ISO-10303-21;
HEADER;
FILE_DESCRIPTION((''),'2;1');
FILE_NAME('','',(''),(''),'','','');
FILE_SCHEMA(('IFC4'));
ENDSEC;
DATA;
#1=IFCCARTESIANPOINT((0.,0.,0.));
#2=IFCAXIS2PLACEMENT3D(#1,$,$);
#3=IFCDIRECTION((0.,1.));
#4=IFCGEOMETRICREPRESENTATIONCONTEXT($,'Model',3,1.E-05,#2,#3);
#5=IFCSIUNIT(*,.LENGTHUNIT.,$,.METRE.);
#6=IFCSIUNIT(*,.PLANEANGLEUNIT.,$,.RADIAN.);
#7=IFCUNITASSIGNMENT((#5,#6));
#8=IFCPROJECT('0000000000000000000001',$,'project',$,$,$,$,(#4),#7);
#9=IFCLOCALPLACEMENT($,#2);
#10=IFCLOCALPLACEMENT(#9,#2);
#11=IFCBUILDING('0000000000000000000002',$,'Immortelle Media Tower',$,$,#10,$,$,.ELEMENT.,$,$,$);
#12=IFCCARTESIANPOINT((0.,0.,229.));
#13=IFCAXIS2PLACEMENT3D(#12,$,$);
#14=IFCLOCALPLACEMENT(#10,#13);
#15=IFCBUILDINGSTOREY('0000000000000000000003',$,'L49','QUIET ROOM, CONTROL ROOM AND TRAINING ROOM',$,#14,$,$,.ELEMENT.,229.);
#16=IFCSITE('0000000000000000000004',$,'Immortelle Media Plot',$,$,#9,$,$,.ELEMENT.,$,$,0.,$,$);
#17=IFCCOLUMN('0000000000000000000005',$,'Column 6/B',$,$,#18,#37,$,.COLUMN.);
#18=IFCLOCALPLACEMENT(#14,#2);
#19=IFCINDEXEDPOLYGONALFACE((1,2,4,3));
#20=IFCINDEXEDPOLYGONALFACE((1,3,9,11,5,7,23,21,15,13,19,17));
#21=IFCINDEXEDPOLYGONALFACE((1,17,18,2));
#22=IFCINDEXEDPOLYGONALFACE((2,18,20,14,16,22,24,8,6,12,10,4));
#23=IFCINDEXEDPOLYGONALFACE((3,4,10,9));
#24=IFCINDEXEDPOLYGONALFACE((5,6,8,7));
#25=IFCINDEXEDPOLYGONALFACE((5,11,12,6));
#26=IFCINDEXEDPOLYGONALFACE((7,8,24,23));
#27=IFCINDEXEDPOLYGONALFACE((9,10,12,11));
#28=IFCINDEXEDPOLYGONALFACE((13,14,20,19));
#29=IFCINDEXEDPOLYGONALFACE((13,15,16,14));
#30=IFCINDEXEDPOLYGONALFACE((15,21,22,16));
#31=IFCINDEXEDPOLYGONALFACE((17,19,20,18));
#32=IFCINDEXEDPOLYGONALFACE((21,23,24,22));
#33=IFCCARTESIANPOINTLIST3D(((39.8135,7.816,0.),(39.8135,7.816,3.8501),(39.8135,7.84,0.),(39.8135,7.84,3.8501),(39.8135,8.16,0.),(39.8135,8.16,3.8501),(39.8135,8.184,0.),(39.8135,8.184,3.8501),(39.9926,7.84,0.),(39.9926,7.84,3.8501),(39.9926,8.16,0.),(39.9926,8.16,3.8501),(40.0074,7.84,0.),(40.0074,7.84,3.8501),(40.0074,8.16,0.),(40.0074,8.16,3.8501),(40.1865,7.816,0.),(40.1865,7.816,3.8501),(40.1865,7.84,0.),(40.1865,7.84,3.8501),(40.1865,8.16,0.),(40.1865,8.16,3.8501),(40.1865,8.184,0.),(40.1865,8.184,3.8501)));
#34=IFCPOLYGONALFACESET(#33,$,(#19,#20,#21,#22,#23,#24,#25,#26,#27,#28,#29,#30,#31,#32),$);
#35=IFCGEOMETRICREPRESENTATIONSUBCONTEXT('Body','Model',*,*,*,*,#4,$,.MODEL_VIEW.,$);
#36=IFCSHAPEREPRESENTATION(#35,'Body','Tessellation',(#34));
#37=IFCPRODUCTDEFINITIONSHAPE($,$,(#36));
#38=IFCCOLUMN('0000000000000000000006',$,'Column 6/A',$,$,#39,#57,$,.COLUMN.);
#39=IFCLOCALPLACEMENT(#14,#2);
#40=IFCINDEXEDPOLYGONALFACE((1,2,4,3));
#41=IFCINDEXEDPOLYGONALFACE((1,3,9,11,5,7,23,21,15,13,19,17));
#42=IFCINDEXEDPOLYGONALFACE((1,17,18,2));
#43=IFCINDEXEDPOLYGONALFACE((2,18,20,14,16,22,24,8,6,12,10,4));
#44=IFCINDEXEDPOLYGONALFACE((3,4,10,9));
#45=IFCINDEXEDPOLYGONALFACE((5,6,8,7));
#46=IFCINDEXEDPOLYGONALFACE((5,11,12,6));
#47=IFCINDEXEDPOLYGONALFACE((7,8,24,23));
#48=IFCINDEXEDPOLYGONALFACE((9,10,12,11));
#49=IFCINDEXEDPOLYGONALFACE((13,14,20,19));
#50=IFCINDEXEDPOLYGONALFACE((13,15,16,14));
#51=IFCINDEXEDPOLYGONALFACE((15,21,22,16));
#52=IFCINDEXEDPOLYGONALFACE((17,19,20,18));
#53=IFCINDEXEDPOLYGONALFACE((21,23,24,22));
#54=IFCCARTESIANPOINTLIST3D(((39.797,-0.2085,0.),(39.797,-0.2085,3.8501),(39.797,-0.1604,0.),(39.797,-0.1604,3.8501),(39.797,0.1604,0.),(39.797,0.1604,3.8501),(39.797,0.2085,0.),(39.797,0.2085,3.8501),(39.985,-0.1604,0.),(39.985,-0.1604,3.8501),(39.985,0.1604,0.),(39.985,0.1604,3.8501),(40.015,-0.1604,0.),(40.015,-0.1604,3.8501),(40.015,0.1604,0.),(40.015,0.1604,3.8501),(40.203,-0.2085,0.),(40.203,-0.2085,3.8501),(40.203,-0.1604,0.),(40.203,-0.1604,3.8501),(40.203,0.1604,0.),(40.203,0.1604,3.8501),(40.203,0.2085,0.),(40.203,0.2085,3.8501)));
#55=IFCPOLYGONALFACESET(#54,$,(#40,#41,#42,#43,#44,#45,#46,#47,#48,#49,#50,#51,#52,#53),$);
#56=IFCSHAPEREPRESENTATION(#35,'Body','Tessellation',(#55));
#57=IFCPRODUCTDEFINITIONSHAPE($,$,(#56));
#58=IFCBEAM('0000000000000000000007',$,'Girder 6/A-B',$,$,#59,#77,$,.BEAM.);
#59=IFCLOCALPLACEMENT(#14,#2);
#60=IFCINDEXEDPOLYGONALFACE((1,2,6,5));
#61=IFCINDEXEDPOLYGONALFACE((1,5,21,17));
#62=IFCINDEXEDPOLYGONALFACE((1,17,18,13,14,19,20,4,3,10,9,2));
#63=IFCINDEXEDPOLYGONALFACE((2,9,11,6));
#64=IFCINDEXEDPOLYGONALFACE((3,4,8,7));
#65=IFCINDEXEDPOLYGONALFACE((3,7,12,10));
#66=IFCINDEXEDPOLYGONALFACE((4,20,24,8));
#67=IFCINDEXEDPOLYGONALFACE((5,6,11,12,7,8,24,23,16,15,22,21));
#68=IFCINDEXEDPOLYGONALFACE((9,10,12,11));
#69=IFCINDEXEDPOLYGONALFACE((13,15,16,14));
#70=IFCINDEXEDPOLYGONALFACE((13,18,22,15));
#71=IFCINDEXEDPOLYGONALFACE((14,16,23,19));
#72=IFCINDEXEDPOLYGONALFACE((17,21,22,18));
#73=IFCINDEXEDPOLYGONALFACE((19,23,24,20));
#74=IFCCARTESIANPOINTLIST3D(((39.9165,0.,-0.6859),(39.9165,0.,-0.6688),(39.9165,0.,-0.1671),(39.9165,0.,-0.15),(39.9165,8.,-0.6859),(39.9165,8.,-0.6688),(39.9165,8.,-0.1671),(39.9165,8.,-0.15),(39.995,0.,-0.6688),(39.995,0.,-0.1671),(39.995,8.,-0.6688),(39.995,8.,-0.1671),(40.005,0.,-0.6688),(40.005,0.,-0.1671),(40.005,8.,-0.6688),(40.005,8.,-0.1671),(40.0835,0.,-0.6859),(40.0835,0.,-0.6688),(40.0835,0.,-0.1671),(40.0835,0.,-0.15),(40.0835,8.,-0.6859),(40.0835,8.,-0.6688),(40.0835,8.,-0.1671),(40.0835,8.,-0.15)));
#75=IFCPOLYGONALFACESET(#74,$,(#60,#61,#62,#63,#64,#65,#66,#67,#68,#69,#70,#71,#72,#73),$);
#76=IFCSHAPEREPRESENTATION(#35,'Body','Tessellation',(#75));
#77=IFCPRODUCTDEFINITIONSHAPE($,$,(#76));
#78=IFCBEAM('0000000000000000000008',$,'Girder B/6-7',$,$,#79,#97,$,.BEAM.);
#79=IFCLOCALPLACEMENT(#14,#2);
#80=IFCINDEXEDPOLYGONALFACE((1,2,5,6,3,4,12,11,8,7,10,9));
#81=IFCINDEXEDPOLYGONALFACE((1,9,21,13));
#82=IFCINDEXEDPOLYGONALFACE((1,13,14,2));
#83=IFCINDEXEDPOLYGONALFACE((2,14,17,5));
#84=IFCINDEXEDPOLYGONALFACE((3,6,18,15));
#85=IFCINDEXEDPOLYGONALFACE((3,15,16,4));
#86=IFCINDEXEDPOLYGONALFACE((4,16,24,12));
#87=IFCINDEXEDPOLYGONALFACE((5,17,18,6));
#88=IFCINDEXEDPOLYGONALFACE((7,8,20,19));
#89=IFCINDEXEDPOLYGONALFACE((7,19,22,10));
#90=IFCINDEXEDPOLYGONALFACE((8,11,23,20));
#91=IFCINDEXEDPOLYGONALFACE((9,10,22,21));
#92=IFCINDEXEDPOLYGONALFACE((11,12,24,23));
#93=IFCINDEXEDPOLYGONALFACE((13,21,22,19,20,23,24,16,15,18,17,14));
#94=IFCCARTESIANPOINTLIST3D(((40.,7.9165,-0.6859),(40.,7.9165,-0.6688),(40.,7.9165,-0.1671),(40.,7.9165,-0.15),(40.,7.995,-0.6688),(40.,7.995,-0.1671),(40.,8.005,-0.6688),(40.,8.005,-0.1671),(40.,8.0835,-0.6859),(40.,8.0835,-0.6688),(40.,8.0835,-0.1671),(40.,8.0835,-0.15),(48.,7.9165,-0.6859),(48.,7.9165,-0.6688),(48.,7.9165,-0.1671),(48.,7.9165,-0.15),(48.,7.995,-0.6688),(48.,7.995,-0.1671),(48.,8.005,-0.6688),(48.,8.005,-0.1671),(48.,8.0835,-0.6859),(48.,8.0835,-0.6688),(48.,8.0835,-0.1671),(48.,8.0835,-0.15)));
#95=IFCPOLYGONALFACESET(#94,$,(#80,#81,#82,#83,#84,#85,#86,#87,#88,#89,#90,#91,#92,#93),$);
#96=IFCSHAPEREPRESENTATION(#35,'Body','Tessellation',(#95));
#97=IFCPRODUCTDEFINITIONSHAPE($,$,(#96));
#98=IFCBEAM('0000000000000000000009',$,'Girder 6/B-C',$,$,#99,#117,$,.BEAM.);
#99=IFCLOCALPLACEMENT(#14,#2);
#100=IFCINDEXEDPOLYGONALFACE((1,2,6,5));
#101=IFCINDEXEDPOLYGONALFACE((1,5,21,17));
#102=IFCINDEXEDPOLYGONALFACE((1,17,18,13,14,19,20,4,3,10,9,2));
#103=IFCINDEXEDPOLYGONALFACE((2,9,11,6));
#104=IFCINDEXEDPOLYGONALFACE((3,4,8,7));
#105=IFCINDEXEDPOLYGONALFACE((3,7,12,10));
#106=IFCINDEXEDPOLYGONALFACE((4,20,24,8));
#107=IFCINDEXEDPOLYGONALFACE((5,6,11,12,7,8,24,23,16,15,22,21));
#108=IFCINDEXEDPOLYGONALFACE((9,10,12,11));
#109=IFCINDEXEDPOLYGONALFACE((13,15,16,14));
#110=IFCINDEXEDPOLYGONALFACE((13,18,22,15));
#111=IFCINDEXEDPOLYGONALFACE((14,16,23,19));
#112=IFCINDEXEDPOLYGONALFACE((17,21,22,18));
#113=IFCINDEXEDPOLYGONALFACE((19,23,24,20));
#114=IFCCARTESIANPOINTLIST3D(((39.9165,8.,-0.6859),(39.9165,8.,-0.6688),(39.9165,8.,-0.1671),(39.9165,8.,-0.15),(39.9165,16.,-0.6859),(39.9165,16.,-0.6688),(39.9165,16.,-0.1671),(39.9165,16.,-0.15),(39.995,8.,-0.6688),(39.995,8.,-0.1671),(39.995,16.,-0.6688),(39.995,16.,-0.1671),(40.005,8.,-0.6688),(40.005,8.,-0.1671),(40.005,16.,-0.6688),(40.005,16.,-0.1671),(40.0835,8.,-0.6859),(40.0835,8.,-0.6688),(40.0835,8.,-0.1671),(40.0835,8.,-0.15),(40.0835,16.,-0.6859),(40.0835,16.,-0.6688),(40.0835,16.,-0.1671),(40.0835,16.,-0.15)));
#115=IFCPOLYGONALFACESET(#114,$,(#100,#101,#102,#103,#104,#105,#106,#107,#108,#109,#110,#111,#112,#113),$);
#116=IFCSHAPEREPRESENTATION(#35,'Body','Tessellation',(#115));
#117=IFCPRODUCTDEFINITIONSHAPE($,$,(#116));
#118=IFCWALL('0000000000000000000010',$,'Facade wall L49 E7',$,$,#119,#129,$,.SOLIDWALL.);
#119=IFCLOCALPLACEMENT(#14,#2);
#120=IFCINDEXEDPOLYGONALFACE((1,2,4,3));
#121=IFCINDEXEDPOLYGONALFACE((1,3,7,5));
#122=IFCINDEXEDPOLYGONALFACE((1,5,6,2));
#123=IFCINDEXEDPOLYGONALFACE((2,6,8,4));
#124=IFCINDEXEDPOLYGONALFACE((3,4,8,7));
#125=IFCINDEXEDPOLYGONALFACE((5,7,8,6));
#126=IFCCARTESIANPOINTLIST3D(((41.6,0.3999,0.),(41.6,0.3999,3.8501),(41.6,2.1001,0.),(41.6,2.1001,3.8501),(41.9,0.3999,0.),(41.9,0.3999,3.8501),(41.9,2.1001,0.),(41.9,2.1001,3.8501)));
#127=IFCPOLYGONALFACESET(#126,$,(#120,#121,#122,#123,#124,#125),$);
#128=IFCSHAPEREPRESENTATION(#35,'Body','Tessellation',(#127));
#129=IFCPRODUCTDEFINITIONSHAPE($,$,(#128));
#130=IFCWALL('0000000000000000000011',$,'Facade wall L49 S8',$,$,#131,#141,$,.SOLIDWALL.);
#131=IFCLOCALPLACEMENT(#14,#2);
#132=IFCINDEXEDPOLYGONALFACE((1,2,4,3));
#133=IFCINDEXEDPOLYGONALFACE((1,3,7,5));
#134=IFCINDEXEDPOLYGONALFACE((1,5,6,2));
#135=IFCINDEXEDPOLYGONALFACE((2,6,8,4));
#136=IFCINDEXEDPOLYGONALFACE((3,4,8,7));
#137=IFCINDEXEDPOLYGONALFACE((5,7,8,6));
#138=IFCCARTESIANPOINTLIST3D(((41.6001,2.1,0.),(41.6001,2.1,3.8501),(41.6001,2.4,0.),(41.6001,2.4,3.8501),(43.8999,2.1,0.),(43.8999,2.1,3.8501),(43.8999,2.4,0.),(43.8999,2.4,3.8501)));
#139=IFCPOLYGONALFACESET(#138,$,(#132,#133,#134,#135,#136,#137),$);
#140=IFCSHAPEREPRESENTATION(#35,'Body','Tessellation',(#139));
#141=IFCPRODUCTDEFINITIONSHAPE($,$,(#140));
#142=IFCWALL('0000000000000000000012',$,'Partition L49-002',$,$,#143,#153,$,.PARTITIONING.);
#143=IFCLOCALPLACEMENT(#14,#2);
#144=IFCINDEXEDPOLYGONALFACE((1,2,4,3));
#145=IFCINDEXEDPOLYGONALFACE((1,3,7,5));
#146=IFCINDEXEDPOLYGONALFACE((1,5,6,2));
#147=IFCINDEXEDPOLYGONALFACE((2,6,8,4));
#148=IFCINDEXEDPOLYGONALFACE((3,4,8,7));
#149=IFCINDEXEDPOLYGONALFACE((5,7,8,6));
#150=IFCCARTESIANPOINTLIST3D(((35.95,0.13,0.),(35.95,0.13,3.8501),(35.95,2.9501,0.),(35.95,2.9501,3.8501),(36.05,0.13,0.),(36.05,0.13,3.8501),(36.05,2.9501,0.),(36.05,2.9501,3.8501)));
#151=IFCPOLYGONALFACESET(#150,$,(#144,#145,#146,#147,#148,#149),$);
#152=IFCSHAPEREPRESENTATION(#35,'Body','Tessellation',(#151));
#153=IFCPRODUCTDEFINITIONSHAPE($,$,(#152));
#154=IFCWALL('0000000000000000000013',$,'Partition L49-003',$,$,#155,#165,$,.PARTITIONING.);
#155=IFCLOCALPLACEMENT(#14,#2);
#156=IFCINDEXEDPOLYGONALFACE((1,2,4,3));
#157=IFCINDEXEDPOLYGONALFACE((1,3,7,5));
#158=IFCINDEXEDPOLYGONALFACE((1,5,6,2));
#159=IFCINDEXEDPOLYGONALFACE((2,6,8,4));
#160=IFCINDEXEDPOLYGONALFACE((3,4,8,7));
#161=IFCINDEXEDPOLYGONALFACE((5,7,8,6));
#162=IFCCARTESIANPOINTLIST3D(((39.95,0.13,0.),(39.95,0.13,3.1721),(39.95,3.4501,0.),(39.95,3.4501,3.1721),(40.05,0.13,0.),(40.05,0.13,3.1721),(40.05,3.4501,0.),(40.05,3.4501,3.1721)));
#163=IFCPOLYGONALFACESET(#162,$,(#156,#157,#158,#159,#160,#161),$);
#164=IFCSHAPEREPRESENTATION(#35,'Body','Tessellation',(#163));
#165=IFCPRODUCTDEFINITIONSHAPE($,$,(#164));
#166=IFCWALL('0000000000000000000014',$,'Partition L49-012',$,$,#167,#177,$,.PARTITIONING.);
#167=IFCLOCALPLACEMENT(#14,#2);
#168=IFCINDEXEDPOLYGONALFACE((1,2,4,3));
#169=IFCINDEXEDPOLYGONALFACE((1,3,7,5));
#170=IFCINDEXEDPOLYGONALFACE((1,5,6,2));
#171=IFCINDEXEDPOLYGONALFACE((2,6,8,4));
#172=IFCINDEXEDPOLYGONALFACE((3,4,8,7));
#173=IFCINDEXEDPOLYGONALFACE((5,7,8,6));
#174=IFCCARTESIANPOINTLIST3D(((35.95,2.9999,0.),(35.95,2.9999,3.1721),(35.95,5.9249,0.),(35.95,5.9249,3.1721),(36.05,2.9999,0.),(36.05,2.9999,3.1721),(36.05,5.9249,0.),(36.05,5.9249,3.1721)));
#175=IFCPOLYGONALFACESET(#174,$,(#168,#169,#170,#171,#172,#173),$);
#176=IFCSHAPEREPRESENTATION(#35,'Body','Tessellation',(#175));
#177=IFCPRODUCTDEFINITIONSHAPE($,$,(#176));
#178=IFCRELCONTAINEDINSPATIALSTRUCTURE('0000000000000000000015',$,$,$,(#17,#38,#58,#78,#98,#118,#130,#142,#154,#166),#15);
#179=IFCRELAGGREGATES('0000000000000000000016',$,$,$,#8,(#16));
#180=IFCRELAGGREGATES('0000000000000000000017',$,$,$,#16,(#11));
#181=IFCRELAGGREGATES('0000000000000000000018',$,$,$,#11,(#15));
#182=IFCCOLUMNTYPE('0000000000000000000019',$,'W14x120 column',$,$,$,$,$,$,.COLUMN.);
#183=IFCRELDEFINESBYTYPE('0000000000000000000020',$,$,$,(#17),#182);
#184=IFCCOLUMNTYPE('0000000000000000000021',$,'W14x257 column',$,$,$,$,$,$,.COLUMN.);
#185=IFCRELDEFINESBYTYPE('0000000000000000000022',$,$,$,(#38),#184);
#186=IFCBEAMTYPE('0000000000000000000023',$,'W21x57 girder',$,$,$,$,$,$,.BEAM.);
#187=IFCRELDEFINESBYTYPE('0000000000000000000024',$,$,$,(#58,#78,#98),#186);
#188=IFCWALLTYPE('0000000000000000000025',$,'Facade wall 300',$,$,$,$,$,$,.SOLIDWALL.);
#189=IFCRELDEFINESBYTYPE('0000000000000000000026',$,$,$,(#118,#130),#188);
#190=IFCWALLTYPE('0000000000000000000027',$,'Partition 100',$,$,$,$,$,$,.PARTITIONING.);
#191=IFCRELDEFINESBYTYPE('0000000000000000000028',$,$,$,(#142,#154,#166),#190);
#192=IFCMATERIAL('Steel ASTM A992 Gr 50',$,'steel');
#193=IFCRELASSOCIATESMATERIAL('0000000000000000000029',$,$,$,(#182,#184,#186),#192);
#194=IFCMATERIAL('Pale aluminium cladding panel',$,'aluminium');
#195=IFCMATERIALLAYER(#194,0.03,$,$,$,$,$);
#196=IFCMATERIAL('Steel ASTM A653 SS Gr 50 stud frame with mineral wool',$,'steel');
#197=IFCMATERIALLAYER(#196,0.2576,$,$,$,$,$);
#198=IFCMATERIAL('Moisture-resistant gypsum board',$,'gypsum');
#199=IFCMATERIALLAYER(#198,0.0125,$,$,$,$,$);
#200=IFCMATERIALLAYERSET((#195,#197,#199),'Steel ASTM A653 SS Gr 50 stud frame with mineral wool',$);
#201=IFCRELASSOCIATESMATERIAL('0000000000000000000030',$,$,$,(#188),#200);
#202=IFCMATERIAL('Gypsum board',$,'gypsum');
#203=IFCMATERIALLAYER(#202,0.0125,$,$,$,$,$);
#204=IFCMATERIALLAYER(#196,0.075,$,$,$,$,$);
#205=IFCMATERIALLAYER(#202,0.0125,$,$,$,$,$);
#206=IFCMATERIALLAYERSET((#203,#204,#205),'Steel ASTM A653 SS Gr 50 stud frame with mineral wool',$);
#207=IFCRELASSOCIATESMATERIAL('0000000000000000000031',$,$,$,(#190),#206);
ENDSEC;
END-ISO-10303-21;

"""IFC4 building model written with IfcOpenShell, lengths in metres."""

from ifc_helpers import new_model, si_unit, direction, frame, frame_2d, origin, origin_2d, place, context, subcontext, project, spatial, rectangle, i_section, extrude, material, layer, layer_set, material_profile, profile_set, type_object, element, save


model = new_model("IFC4")

# Units and contexts
model_context = context("Model", 3, precision=1e-05, world=origin(), true_north=direction((0.0, 1.0)))
body_context = subcontext(model_context, "Body", "Model", "MODEL_VIEW")
ifc_project = project(units=[si_unit("LENGTHUNIT", "METRE"), si_unit("PLANEANGLEUNIT", "RADIAN")], contexts=[model_context])

# Site, building, storey
site_placement = place(None, origin())
site = spatial("IfcSite", under=ifc_project, at=site_placement, Name="Immortelle Media Plot", CompositionType="ELEMENT", RefElevation=0.0)
building_placement = place(site_placement, origin())
building = spatial("IfcBuilding", under=site, at=building_placement, Name="Immortelle Media Tower", CompositionType="ELEMENT")
storey_placement = place(building_placement, frame((0.0, 0.0, 229.0)))
storey = spatial("IfcBuildingStorey", under=building, at=storey_placement, Name="L49", Description="QUIET ROOM, CONTROL ROOM AND TRAINING ROOM", CompositionType="ELEMENT", Elevation=229.0)

# Columns
ifc_material_1 = material(Name="Steel ASTM A992 Gr 50", Category="steel")
ifc_material_profile_1 = material_profile(ifc_material_1, i_section(OverallWidth=0.373, OverallDepth=0.3679, WebThickness=0.0149, FlangeThickness=0.0239, at=origin_2d()), Name="W14x120")
ifc_profile_set_1 = profile_set([ifc_material_profile_1], Name="Steel ASTM A992 Gr 50")
column_type_1 = type_object("IfcColumnType", Name="W14x120 column", PredefinedType="COLUMN", material=ifc_profile_set_1)
column_1_placement = place(storey_placement, frame((40.0, 8.0, 0.0), z_axis=(0.0, 0.0, 1.0), x_axis=(1.0, 0.0, 0.0)))
element("IfcColumn", 1, at=column_1_placement, inside=storey, type_object=column_type_1, Name="Column 6/B", PredefinedType="COLUMN", context=body_context, shape_type="SweptSolid", body=[
    extrude(i_section(OverallWidth=0.373, OverallDepth=0.3679, WebThickness=0.0149, FlangeThickness=0.0239, at=origin_2d()), origin(), (0.0, 0.0, 1.0), 3.8501),
])
ifc_material_profile_2 = material_profile(ifc_material_1, i_section(OverallWidth=0.406, OverallDepth=0.417, WebThickness=0.03, FlangeThickness=0.0481, at=origin_2d()), Name="W14x257")
ifc_profile_set_2 = profile_set([ifc_material_profile_2], Name="Steel ASTM A992 Gr 50")
column_type_2 = type_object("IfcColumnType", Name="W14x257 column", PredefinedType="COLUMN", material=ifc_profile_set_2)
column_2_placement = place(storey_placement, frame((40.0, 0.0, 0.0), z_axis=(0.0, 0.0, 1.0), x_axis=(1.0, 0.0, 0.0)))
element("IfcColumn", 2, at=column_2_placement, inside=storey, type_object=column_type_2, Name="Column 6/A", PredefinedType="COLUMN", context=body_context, shape_type="SweptSolid", body=[
    extrude(i_section(OverallWidth=0.406, OverallDepth=0.417, WebThickness=0.03, FlangeThickness=0.0481, at=origin_2d()), origin(), (0.0, 0.0, 1.0), 3.8501),
])

# Beams
ifc_material_profile_3 = material_profile(ifc_material_1, i_section(OverallWidth=0.167, OverallDepth=0.5359, WebThickness=0.01, FlangeThickness=0.0171, at=origin_2d()), Name="W21x57")
ifc_profile_set_3 = profile_set([ifc_material_profile_3], Name="Steel ASTM A992 Gr 50")
beam_type = type_object("IfcBeamType", Name="W21x57 girder", PredefinedType="BEAM", material=ifc_profile_set_3)
for number, where, z_axis, x_axis, name in (
    (3, (40.0, 0.0, -0.418), (0.0, 1.0, 0.0), (-1.0, 0.0, 0.0), "Girder 6/A-B"),
    (4, (40.0, 8.0, -0.418), (1.0, 0.0, 0.0), (0.0, 1.0, 0.0), "Girder B/6-7"),
    (5, (40.0, 8.0, -0.418), (0.0, 1.0, 0.0), (-1.0, 0.0, 0.0), "Girder 6/B-C"),
):
    element("IfcBeam", number, at=place(storey_placement, frame(where, z_axis=z_axis, x_axis=x_axis)), inside=storey, type_object=beam_type, Name=name, PredefinedType="BEAM", context=body_context, shape_type="SweptSolid", body=[
        extrude(i_section(OverallWidth=0.167, OverallDepth=0.5359, WebThickness=0.01, FlangeThickness=0.0171, at=origin_2d()), origin(), (0.0, 0.0, 1.0), 8.0),
    ])

# Walls
ifc_material_2 = material(Name="Pale aluminium cladding panel", Category="aluminium")
ifc_layer_1 = layer(ifc_material_2, 0.03)
ifc_material_3 = material(Name="Steel ASTM A653 SS Gr 50 stud frame with mineral wool", Category="steel")
ifc_layer_2 = layer(ifc_material_3, 0.2576)
ifc_material_4 = material(Name="Moisture-resistant gypsum board", Category="gypsum")
ifc_layer_3 = layer(ifc_material_4, 0.0125)
ifc_layer_set_1 = layer_set([ifc_layer_1, ifc_layer_2, ifc_layer_3], Name="Steel ASTM A653 SS Gr 50 stud frame with mineral wool")
wall_type_1 = type_object("IfcWallType", Name="Facade wall 300", PredefinedType="SOLIDWALL", material=ifc_layer_set_1)
wall_1_placement = place(storey_placement, frame((41.75, 0.3999, 0.0), z_axis=(0.0, 0.0, 1.0), x_axis=(0.0, 1.0, 0.0)))
element("IfcWall", 6, at=wall_1_placement, inside=storey, type_object=wall_type_1, Name="Facade wall L49 E7", PredefinedType="SOLIDWALL", context=body_context, shape_type="SweptSolid", body=[
    extrude(rectangle(XDim=1.7002, YDim=0.3, at=frame_2d((0.8501, 0.0))), origin(), (0.0, 0.0, 1.0), 3.8501),
])
wall_2_placement = place(storey_placement, frame((41.6001, 2.25, 0.0), z_axis=(0.0, 0.0, 1.0), x_axis=(1.0, 0.0, 0.0)))
element("IfcWall", 7, at=wall_2_placement, inside=storey, type_object=wall_type_1, Name="Facade wall L49 S8", PredefinedType="SOLIDWALL", context=body_context, shape_type="SweptSolid", body=[
    extrude(rectangle(XDim=2.2998, YDim=0.3, at=frame_2d((1.1499, 0.0))), origin(), (0.0, 0.0, 1.0), 3.8501),
])
ifc_material_5 = material(Name="Gypsum board", Category="gypsum")
ifc_layer_4 = layer(ifc_material_5, 0.0125)
ifc_layer_5 = layer(ifc_material_3, 0.075)
ifc_layer_6 = layer(ifc_material_5, 0.0125)
ifc_layer_set_2 = layer_set([ifc_layer_4, ifc_layer_5, ifc_layer_6], Name="Steel ASTM A653 SS Gr 50 stud frame with mineral wool")
wall_type_2 = type_object("IfcWallType", Name="Partition 100", PredefinedType="PARTITIONING", material=ifc_layer_set_2)
wall_3_placement = place(storey_placement, frame((36.0, 0.1299, 0.0), z_axis=(0.0, 0.0, 1.0), x_axis=(0.0, 1.0, 0.0)))
element("IfcWall", 8, at=wall_3_placement, inside=storey, type_object=wall_type_2, Name="Partition L49-002", PredefinedType="PARTITIONING", context=body_context, shape_type="SweptSolid", body=[
    extrude(rectangle(XDim=2.8201, YDim=0.1001, at=frame_2d((1.4102, 0.0))), origin(), (0.0, 0.0, 1.0), 3.8501),
])
wall_4_placement = place(storey_placement, frame((40.0, 0.1299, 0.0), z_axis=(0.0, 0.0, 1.0), x_axis=(0.0, 1.0, 0.0)))
element("IfcWall", 9, at=wall_4_placement, inside=storey, type_object=wall_type_2, Name="Partition L49-003", PredefinedType="PARTITIONING", context=body_context, shape_type="SweptSolid", body=[
    extrude(rectangle(XDim=3.3201, YDim=0.1001, at=frame_2d((1.6602, 0.0))), origin(), (0.0, 0.0, 1.0), 3.1721),
])
wall_5_placement = place(storey_placement, frame((36.0, 3.0, 0.0), z_axis=(0.0, 0.0, 1.0), x_axis=(0.0, 1.0, 0.0)))
element("IfcWall", 10, at=wall_5_placement, inside=storey, type_object=wall_type_2, Name="Partition L49-012", PredefinedType="PARTITIONING", context=body_context, shape_type="SweptSolid", body=[
    extrude(rectangle(XDim=2.925, YDim=0.1001, at=frame_2d((1.4624, 0.0))), origin(), (0.0, 0.0, 1.0), 3.1721),
])

save(model, "model.ifc")
